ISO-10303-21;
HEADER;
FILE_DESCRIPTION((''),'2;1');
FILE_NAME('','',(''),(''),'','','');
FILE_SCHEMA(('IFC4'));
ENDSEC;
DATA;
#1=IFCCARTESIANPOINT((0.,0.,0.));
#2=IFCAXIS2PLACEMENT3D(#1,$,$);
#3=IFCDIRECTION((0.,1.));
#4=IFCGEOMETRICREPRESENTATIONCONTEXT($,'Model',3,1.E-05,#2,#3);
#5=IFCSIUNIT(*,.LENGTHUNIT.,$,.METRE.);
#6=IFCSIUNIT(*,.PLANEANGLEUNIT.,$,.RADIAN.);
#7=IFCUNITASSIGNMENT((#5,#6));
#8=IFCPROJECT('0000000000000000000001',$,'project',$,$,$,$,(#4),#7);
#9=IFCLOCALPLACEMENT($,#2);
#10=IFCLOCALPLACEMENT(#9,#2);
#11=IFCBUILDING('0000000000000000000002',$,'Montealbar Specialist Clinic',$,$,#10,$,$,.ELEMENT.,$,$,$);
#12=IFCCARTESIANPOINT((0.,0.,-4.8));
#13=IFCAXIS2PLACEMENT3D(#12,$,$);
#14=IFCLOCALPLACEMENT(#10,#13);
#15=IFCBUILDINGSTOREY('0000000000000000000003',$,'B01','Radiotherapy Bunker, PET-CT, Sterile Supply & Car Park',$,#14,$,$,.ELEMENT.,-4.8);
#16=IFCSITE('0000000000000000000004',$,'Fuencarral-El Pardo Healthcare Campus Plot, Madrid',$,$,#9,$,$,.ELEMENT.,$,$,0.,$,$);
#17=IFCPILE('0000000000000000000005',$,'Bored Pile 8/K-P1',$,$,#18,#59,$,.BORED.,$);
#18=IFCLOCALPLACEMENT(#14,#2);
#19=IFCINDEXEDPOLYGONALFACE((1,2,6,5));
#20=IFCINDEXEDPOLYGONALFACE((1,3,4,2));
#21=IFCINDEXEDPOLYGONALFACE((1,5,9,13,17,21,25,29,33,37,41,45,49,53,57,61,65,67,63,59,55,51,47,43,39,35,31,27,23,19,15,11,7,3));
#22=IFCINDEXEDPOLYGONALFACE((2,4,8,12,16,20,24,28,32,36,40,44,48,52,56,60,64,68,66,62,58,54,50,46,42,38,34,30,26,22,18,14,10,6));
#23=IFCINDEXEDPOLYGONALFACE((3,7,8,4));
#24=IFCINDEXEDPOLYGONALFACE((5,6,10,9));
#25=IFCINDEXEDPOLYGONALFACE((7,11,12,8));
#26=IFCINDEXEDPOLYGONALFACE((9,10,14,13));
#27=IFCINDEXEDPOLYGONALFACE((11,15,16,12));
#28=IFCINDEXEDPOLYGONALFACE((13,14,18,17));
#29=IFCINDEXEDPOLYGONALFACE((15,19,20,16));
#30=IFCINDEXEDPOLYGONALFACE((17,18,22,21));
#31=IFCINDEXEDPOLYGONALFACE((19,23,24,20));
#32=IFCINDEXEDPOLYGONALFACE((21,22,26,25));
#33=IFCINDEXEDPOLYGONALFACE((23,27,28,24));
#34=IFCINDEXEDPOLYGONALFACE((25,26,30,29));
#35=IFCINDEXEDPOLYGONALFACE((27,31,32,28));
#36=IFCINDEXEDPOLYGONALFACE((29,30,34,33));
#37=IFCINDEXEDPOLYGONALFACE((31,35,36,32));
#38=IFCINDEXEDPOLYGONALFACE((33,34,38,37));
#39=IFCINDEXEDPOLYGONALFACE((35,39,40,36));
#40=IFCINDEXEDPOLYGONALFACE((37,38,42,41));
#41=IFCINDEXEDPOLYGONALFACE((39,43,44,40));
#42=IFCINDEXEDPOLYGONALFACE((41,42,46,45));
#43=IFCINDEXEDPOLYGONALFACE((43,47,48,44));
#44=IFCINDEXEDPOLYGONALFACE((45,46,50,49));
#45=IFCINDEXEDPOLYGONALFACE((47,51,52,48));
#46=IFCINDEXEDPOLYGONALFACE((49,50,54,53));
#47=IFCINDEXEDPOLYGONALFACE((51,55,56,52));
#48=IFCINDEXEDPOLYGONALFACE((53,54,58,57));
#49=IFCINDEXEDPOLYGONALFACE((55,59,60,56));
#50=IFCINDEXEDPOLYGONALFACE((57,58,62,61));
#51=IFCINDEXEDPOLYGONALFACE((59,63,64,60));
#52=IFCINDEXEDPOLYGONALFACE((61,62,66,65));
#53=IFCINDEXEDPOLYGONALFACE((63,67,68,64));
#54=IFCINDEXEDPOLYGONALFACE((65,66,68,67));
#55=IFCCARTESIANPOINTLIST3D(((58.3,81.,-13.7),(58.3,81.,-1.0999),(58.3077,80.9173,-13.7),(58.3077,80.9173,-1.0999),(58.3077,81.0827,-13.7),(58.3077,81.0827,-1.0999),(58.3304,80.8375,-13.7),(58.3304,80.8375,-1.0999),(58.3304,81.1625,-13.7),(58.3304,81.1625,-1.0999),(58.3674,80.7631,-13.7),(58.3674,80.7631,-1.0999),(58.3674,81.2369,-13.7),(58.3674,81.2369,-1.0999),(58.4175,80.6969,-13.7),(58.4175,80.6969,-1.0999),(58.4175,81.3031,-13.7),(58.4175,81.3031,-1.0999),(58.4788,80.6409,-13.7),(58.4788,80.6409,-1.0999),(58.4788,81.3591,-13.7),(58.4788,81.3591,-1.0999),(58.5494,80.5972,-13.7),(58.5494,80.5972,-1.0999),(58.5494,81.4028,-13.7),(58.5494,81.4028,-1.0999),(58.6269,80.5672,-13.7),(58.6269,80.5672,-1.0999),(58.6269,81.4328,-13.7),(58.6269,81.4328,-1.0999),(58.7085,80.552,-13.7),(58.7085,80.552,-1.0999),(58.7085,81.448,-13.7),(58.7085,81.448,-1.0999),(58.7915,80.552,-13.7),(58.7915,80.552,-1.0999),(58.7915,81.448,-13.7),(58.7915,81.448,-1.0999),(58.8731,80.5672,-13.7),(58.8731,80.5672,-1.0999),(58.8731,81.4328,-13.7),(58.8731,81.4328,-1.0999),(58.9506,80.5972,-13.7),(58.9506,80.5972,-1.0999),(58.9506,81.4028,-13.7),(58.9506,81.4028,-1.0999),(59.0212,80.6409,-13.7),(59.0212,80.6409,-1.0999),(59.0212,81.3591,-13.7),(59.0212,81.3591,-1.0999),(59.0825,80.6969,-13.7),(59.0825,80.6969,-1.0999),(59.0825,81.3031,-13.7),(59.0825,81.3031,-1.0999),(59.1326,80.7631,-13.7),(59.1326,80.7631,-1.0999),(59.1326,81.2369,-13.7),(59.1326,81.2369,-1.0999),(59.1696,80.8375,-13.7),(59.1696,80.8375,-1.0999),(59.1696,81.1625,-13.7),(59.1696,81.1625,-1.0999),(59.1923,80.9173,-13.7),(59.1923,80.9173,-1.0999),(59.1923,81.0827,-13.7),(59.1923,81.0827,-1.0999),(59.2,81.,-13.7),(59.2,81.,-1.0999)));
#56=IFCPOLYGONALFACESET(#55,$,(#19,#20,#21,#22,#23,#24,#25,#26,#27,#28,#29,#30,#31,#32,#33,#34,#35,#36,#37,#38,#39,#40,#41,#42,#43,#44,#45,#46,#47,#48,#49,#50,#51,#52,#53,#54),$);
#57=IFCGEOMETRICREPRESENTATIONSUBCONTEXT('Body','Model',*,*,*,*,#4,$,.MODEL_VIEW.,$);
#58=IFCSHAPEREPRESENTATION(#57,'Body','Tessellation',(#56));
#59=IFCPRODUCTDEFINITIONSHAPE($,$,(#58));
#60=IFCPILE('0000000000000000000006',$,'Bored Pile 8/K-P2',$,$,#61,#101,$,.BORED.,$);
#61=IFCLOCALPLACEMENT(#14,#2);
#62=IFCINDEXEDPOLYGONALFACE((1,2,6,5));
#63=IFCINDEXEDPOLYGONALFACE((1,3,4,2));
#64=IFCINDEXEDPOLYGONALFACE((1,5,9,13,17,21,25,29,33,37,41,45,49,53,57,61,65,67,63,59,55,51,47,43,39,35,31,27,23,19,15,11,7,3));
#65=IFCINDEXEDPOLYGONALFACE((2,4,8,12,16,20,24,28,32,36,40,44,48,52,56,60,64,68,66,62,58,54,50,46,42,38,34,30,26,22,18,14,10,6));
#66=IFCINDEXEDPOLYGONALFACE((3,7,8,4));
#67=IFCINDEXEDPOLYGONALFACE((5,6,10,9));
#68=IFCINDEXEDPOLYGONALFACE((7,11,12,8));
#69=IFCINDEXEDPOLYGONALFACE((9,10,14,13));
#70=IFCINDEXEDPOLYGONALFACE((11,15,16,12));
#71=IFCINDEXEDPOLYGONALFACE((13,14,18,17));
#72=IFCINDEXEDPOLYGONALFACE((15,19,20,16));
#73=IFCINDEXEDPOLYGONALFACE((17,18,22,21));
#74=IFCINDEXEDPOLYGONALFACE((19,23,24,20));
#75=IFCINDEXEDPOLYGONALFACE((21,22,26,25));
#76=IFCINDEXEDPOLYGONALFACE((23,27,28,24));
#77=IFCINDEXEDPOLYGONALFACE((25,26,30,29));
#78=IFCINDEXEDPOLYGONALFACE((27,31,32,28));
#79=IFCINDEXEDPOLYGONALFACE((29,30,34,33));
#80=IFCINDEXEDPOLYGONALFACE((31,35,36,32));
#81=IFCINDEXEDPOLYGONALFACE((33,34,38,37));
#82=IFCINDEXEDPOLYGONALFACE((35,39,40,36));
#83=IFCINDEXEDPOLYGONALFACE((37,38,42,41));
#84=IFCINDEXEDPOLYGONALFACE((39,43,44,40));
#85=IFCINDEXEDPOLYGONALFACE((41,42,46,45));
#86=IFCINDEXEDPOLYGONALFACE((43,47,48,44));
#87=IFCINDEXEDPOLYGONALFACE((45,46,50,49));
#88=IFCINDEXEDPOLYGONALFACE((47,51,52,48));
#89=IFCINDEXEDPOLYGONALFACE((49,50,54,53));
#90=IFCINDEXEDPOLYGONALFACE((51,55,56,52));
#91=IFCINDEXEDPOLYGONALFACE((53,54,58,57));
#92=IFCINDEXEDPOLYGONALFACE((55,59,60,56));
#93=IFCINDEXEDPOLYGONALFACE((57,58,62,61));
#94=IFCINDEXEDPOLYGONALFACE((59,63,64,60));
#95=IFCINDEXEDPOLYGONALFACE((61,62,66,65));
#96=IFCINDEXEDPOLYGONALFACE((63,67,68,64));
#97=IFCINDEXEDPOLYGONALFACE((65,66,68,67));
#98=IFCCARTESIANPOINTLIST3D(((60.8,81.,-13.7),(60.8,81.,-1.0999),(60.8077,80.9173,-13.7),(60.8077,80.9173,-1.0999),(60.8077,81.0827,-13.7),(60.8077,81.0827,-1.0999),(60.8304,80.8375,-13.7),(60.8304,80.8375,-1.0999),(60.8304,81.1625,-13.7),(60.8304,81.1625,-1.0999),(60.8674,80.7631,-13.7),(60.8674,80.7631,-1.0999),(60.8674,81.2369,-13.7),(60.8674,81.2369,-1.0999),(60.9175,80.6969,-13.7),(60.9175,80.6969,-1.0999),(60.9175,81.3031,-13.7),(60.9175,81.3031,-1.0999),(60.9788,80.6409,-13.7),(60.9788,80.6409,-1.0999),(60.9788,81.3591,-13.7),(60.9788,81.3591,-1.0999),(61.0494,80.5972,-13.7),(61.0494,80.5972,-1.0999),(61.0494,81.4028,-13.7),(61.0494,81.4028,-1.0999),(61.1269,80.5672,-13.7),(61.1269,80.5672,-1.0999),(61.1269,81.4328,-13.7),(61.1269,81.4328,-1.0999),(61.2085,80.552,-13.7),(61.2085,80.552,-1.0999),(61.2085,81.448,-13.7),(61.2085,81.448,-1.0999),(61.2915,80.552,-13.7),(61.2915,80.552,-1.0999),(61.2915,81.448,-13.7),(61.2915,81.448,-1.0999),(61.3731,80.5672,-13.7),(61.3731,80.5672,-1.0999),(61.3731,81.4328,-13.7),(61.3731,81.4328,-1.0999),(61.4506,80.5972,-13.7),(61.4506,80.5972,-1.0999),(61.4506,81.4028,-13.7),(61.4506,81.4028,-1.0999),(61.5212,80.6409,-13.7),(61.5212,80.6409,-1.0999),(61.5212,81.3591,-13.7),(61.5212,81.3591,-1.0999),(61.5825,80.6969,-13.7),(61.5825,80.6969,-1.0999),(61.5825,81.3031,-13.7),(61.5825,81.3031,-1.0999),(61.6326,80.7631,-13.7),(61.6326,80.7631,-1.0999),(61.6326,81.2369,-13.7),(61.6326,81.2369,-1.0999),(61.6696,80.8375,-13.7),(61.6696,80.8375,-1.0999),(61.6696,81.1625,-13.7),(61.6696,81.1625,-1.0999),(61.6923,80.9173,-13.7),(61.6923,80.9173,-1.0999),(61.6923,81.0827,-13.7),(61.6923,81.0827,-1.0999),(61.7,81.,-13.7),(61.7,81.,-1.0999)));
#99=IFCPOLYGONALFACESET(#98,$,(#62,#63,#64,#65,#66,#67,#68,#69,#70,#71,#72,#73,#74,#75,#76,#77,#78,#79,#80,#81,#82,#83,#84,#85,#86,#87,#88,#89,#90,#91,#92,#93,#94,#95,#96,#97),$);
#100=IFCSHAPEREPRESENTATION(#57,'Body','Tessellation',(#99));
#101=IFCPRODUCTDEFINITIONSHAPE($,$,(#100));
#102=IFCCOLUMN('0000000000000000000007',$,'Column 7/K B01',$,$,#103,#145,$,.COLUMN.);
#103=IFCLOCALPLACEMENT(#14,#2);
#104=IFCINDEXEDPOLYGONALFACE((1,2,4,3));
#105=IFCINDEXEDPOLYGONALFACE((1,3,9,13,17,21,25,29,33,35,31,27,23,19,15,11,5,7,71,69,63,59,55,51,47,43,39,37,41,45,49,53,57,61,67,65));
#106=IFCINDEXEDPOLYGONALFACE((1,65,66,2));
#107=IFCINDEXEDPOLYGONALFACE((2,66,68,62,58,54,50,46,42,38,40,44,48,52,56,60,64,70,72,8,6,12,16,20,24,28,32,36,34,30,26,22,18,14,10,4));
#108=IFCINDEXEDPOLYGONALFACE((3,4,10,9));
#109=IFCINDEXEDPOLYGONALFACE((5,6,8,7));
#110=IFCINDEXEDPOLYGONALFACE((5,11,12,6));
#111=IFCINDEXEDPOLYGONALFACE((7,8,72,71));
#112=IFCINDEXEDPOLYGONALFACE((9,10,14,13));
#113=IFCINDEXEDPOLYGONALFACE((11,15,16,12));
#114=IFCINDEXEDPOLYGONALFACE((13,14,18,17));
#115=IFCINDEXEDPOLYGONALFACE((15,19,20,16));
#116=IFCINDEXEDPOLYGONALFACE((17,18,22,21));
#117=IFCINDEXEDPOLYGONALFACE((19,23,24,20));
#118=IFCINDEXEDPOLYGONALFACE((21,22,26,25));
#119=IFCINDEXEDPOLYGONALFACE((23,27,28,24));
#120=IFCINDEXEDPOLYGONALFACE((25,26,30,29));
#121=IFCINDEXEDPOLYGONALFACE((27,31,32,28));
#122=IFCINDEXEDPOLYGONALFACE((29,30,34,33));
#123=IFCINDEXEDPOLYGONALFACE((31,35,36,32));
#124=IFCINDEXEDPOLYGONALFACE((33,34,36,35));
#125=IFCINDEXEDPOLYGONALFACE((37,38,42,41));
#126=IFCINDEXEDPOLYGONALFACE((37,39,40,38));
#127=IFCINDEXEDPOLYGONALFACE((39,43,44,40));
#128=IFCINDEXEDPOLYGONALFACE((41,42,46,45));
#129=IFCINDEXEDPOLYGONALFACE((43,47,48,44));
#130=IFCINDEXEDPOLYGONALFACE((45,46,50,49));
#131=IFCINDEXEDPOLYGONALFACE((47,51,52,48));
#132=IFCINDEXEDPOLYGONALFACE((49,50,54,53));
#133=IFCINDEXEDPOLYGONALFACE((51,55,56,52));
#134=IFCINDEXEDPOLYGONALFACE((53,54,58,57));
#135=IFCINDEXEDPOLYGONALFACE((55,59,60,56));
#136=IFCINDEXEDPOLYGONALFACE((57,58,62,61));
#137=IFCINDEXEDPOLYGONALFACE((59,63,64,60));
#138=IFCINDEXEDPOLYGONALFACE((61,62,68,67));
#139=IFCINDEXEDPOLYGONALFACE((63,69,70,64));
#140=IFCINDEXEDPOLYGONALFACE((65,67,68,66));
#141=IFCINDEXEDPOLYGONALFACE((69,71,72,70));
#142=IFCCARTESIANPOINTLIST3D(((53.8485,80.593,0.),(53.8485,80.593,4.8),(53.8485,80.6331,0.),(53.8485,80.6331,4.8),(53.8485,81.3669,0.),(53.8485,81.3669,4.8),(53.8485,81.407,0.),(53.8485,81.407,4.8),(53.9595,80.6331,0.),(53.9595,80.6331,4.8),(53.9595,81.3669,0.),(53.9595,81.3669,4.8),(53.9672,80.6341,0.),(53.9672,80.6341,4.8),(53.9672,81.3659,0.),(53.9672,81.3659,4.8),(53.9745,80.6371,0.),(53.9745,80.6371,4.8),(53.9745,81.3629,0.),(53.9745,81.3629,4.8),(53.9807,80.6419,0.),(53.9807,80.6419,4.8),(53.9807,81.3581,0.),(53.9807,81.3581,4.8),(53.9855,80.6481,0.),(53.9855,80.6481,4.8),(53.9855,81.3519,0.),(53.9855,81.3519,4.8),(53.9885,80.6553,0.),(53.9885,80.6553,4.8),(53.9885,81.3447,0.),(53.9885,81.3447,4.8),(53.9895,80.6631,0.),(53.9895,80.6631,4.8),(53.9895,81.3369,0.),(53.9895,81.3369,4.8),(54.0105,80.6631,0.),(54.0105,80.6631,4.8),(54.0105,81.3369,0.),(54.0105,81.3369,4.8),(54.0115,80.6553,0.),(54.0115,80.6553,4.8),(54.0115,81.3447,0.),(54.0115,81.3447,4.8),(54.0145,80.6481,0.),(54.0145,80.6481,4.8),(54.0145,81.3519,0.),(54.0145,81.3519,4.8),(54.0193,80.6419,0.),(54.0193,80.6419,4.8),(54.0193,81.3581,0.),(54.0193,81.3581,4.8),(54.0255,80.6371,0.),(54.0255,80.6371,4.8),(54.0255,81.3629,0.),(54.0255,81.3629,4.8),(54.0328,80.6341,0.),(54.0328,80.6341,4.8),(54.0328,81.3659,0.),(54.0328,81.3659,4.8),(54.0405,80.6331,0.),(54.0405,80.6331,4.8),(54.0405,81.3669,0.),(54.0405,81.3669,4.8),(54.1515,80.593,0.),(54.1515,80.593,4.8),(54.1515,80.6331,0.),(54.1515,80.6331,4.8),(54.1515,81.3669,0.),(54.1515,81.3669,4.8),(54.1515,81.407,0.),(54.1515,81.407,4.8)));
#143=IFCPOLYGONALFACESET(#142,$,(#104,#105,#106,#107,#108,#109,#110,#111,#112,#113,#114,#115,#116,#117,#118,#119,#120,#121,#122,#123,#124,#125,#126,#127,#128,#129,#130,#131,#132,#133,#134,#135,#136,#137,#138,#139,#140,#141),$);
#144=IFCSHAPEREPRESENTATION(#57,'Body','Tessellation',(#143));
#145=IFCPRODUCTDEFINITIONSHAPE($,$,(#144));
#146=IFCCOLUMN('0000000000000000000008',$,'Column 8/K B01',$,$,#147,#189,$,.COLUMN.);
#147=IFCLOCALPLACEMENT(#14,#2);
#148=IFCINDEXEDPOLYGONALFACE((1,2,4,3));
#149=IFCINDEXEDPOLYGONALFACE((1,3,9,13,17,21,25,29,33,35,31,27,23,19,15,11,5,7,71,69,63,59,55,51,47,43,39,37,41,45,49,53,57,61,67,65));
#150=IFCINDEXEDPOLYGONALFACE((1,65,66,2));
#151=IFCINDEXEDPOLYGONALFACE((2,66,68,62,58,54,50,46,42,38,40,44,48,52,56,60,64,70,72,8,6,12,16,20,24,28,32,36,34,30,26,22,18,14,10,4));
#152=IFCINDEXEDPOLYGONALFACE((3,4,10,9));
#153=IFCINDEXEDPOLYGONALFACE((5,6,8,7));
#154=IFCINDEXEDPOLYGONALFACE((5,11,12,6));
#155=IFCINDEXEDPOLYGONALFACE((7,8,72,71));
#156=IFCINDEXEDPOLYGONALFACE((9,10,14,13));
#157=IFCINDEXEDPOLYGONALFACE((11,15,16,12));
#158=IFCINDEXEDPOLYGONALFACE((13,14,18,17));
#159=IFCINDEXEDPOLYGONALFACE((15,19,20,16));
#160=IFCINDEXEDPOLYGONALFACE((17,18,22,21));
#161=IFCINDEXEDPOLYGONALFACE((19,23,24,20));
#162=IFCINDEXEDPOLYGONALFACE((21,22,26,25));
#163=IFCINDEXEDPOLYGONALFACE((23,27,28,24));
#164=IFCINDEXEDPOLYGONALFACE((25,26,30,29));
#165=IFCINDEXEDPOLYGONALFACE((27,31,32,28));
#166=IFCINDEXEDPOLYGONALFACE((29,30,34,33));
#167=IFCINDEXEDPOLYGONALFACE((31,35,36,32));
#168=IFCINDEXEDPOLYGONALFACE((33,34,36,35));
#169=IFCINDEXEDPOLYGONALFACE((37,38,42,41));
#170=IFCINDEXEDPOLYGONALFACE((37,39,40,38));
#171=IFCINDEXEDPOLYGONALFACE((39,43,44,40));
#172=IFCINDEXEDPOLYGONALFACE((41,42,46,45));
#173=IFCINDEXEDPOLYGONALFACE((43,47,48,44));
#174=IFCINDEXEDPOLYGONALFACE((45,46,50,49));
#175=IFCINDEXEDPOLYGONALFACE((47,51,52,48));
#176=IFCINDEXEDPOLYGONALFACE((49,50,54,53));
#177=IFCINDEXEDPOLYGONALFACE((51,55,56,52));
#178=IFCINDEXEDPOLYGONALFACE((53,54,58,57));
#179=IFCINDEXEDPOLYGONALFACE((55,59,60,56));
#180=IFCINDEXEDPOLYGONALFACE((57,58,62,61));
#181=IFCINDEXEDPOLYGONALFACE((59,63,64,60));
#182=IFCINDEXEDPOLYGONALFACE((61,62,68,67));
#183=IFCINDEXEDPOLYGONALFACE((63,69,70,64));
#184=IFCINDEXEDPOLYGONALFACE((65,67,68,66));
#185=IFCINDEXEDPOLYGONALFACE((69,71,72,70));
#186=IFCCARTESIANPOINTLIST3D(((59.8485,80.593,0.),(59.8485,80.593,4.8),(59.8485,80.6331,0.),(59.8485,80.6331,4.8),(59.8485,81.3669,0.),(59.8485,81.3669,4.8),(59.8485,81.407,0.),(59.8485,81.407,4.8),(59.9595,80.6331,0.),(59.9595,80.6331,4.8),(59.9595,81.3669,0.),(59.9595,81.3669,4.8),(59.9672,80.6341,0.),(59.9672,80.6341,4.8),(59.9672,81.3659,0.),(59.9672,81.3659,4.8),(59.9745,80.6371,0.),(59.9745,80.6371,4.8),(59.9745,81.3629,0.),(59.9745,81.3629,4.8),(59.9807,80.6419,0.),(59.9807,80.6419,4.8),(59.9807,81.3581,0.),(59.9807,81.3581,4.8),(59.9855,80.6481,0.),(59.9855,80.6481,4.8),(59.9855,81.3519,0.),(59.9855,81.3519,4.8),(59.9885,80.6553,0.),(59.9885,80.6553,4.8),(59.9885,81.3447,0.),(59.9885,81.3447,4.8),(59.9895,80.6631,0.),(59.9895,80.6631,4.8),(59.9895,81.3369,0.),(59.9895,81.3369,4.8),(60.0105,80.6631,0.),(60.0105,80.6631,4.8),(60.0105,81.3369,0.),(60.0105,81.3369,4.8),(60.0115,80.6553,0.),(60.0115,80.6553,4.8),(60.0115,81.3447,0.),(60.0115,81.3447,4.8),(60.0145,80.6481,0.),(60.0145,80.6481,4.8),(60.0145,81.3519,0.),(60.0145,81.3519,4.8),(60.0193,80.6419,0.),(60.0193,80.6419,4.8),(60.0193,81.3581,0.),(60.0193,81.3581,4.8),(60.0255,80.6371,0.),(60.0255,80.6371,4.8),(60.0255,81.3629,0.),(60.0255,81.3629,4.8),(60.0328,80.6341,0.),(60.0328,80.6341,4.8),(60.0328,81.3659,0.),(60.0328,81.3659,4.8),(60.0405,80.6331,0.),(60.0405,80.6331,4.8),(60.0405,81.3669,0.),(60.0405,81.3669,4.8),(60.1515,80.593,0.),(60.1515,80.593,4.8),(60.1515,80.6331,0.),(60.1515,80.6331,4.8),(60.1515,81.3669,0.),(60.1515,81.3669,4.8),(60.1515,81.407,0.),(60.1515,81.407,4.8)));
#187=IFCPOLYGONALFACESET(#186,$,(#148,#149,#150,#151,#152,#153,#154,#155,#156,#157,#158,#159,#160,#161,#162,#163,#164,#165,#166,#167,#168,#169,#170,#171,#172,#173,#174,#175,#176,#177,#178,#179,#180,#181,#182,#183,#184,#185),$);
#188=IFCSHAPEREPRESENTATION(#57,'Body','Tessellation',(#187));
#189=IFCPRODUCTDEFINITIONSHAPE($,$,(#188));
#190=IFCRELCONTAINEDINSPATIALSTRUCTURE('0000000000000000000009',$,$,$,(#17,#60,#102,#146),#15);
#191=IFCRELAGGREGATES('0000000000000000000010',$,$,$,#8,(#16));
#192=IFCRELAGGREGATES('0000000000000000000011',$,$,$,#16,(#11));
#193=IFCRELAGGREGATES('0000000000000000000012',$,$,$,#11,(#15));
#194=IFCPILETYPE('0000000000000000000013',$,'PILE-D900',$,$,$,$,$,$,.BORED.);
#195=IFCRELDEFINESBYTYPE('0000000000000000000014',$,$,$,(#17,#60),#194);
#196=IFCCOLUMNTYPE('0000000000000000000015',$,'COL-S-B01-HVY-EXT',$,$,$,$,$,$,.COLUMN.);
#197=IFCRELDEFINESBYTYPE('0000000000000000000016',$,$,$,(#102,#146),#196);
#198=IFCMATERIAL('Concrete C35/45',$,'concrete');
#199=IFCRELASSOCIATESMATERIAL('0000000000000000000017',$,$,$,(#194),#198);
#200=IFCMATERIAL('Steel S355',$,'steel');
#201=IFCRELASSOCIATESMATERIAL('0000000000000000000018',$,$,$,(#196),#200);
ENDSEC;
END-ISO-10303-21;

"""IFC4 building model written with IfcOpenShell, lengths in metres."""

from ifc_helpers import new_model, si_unit, direction, frame, origin, origin_2d, place, context, subcontext, project, spatial, circle, i_section, extrude, material, material_profile, profile_set, type_object, element, save


model = new_model("IFC4")

# Units and contexts
model_context = context("Model", 3, precision=1e-05, world=origin(), true_north=direction((0.0, 1.0)))
body_context = subcontext(model_context, "Body", "Model", "MODEL_VIEW")
ifc_project = project(units=[si_unit("LENGTHUNIT", "METRE"), si_unit("PLANEANGLEUNIT", "RADIAN")], contexts=[model_context])

# Site, building, storey
site_placement = place(None, origin())
site = spatial("IfcSite", under=ifc_project, at=site_placement, Name="Fuencarral-El Pardo Healthcare Campus Plot, Madrid", CompositionType="ELEMENT", RefElevation=0.0)
building_placement = place(site_placement, origin())
building = spatial("IfcBuilding", under=site, at=building_placement, Name="Montealbar Specialist Clinic", CompositionType="ELEMENT")
storey_placement = place(building_placement, frame((0.0, 0.0, -4.8)))
storey = spatial("IfcBuildingStorey", under=building, at=storey_placement, Name="B01", Description="Radiotherapy Bunker, PET-CT, Sterile Supply & Car Park", CompositionType="ELEMENT", Elevation=-4.8)

# Shared definitions
ifc_material_1 = material(Name="Concrete C35/45", Category="concrete")

# Piles
ifc_material_profile_1 = material_profile(ifc_material_1, circle(Radius=0.45, at=origin_2d()), Name="PILE D900", Category="concrete")
ifc_profile_set_1 = profile_set([ifc_material_profile_1], Name="Concrete C35/45")
pile_type_1 = type_object("IfcPileType", Name="PILE-D900", PredefinedType="BORED", material=ifc_profile_set_1)
for number, where, z_axis, x_axis, name in (
    (1, (58.75, 81.0, -1.0999), (0.0, 0.0, -1.0), (1.0, 0.0, 0.0), "Bored Pile 8/K-P1"),
    (2, (61.25, 81.0, -1.0999), (0.0, 0.0, -1.0), (1.0, 0.0, 0.0), "Bored Pile 8/K-P2"),
):
    element("IfcPile", number, at=place(storey_placement, frame(where, z_axis=z_axis, x_axis=x_axis)), inside=storey, type_object=pile_type_1, Name=name, PredefinedType="BORED", context=body_context, shape_type="SweptSolid", body=[
        extrude(circle(Radius=0.45, at=origin_2d()), origin(), (0.0, 0.0, 1.0), 12.6001),
    ])

# Columns
ifc_material_2 = material(Name="Steel S355", Category="steel")
ifc_material_profile_2 = material_profile(ifc_material_2, i_section(OverallWidth=0.303, OverallDepth=0.814, WebThickness=0.021, FlangeThickness=0.04, FilletRadius=0.03, at=origin_2d()), Name="HEM 800", Category="steel")
ifc_profile_set_2 = profile_set([ifc_material_profile_2], Name="Steel S355")
column_type_1 = type_object("IfcColumnType", Name="COL-S-B01-HVY-EXT", PredefinedType="COLUMN", material=ifc_profile_set_2)
for number, where, z_axis, x_axis, name in (
    (3, (54.0, 81.0, 0.0), (0.0, 0.0, 1.0), (1.0, 0.0, 0.0), "Column 7/K B01"),
    (4, (60.0, 81.0, 0.0), (0.0, 0.0, 1.0), (1.0, 0.0, 0.0), "Column 8/K B01"),
):
    element("IfcColumn", number, at=place(storey_placement, frame(where, z_axis=z_axis, x_axis=x_axis)), inside=storey, type_object=column_type_1, Name=name, PredefinedType="COLUMN", context=body_context, shape_type="SweptSolid", body=[
        extrude(i_section(OverallWidth=0.303, OverallDepth=0.814, WebThickness=0.021, FlangeThickness=0.04, FilletRadius=0.03, at=origin_2d()), origin(), (0.0, 0.0, 1.0), 4.8),
    ])

save(model, "model.ifc")
